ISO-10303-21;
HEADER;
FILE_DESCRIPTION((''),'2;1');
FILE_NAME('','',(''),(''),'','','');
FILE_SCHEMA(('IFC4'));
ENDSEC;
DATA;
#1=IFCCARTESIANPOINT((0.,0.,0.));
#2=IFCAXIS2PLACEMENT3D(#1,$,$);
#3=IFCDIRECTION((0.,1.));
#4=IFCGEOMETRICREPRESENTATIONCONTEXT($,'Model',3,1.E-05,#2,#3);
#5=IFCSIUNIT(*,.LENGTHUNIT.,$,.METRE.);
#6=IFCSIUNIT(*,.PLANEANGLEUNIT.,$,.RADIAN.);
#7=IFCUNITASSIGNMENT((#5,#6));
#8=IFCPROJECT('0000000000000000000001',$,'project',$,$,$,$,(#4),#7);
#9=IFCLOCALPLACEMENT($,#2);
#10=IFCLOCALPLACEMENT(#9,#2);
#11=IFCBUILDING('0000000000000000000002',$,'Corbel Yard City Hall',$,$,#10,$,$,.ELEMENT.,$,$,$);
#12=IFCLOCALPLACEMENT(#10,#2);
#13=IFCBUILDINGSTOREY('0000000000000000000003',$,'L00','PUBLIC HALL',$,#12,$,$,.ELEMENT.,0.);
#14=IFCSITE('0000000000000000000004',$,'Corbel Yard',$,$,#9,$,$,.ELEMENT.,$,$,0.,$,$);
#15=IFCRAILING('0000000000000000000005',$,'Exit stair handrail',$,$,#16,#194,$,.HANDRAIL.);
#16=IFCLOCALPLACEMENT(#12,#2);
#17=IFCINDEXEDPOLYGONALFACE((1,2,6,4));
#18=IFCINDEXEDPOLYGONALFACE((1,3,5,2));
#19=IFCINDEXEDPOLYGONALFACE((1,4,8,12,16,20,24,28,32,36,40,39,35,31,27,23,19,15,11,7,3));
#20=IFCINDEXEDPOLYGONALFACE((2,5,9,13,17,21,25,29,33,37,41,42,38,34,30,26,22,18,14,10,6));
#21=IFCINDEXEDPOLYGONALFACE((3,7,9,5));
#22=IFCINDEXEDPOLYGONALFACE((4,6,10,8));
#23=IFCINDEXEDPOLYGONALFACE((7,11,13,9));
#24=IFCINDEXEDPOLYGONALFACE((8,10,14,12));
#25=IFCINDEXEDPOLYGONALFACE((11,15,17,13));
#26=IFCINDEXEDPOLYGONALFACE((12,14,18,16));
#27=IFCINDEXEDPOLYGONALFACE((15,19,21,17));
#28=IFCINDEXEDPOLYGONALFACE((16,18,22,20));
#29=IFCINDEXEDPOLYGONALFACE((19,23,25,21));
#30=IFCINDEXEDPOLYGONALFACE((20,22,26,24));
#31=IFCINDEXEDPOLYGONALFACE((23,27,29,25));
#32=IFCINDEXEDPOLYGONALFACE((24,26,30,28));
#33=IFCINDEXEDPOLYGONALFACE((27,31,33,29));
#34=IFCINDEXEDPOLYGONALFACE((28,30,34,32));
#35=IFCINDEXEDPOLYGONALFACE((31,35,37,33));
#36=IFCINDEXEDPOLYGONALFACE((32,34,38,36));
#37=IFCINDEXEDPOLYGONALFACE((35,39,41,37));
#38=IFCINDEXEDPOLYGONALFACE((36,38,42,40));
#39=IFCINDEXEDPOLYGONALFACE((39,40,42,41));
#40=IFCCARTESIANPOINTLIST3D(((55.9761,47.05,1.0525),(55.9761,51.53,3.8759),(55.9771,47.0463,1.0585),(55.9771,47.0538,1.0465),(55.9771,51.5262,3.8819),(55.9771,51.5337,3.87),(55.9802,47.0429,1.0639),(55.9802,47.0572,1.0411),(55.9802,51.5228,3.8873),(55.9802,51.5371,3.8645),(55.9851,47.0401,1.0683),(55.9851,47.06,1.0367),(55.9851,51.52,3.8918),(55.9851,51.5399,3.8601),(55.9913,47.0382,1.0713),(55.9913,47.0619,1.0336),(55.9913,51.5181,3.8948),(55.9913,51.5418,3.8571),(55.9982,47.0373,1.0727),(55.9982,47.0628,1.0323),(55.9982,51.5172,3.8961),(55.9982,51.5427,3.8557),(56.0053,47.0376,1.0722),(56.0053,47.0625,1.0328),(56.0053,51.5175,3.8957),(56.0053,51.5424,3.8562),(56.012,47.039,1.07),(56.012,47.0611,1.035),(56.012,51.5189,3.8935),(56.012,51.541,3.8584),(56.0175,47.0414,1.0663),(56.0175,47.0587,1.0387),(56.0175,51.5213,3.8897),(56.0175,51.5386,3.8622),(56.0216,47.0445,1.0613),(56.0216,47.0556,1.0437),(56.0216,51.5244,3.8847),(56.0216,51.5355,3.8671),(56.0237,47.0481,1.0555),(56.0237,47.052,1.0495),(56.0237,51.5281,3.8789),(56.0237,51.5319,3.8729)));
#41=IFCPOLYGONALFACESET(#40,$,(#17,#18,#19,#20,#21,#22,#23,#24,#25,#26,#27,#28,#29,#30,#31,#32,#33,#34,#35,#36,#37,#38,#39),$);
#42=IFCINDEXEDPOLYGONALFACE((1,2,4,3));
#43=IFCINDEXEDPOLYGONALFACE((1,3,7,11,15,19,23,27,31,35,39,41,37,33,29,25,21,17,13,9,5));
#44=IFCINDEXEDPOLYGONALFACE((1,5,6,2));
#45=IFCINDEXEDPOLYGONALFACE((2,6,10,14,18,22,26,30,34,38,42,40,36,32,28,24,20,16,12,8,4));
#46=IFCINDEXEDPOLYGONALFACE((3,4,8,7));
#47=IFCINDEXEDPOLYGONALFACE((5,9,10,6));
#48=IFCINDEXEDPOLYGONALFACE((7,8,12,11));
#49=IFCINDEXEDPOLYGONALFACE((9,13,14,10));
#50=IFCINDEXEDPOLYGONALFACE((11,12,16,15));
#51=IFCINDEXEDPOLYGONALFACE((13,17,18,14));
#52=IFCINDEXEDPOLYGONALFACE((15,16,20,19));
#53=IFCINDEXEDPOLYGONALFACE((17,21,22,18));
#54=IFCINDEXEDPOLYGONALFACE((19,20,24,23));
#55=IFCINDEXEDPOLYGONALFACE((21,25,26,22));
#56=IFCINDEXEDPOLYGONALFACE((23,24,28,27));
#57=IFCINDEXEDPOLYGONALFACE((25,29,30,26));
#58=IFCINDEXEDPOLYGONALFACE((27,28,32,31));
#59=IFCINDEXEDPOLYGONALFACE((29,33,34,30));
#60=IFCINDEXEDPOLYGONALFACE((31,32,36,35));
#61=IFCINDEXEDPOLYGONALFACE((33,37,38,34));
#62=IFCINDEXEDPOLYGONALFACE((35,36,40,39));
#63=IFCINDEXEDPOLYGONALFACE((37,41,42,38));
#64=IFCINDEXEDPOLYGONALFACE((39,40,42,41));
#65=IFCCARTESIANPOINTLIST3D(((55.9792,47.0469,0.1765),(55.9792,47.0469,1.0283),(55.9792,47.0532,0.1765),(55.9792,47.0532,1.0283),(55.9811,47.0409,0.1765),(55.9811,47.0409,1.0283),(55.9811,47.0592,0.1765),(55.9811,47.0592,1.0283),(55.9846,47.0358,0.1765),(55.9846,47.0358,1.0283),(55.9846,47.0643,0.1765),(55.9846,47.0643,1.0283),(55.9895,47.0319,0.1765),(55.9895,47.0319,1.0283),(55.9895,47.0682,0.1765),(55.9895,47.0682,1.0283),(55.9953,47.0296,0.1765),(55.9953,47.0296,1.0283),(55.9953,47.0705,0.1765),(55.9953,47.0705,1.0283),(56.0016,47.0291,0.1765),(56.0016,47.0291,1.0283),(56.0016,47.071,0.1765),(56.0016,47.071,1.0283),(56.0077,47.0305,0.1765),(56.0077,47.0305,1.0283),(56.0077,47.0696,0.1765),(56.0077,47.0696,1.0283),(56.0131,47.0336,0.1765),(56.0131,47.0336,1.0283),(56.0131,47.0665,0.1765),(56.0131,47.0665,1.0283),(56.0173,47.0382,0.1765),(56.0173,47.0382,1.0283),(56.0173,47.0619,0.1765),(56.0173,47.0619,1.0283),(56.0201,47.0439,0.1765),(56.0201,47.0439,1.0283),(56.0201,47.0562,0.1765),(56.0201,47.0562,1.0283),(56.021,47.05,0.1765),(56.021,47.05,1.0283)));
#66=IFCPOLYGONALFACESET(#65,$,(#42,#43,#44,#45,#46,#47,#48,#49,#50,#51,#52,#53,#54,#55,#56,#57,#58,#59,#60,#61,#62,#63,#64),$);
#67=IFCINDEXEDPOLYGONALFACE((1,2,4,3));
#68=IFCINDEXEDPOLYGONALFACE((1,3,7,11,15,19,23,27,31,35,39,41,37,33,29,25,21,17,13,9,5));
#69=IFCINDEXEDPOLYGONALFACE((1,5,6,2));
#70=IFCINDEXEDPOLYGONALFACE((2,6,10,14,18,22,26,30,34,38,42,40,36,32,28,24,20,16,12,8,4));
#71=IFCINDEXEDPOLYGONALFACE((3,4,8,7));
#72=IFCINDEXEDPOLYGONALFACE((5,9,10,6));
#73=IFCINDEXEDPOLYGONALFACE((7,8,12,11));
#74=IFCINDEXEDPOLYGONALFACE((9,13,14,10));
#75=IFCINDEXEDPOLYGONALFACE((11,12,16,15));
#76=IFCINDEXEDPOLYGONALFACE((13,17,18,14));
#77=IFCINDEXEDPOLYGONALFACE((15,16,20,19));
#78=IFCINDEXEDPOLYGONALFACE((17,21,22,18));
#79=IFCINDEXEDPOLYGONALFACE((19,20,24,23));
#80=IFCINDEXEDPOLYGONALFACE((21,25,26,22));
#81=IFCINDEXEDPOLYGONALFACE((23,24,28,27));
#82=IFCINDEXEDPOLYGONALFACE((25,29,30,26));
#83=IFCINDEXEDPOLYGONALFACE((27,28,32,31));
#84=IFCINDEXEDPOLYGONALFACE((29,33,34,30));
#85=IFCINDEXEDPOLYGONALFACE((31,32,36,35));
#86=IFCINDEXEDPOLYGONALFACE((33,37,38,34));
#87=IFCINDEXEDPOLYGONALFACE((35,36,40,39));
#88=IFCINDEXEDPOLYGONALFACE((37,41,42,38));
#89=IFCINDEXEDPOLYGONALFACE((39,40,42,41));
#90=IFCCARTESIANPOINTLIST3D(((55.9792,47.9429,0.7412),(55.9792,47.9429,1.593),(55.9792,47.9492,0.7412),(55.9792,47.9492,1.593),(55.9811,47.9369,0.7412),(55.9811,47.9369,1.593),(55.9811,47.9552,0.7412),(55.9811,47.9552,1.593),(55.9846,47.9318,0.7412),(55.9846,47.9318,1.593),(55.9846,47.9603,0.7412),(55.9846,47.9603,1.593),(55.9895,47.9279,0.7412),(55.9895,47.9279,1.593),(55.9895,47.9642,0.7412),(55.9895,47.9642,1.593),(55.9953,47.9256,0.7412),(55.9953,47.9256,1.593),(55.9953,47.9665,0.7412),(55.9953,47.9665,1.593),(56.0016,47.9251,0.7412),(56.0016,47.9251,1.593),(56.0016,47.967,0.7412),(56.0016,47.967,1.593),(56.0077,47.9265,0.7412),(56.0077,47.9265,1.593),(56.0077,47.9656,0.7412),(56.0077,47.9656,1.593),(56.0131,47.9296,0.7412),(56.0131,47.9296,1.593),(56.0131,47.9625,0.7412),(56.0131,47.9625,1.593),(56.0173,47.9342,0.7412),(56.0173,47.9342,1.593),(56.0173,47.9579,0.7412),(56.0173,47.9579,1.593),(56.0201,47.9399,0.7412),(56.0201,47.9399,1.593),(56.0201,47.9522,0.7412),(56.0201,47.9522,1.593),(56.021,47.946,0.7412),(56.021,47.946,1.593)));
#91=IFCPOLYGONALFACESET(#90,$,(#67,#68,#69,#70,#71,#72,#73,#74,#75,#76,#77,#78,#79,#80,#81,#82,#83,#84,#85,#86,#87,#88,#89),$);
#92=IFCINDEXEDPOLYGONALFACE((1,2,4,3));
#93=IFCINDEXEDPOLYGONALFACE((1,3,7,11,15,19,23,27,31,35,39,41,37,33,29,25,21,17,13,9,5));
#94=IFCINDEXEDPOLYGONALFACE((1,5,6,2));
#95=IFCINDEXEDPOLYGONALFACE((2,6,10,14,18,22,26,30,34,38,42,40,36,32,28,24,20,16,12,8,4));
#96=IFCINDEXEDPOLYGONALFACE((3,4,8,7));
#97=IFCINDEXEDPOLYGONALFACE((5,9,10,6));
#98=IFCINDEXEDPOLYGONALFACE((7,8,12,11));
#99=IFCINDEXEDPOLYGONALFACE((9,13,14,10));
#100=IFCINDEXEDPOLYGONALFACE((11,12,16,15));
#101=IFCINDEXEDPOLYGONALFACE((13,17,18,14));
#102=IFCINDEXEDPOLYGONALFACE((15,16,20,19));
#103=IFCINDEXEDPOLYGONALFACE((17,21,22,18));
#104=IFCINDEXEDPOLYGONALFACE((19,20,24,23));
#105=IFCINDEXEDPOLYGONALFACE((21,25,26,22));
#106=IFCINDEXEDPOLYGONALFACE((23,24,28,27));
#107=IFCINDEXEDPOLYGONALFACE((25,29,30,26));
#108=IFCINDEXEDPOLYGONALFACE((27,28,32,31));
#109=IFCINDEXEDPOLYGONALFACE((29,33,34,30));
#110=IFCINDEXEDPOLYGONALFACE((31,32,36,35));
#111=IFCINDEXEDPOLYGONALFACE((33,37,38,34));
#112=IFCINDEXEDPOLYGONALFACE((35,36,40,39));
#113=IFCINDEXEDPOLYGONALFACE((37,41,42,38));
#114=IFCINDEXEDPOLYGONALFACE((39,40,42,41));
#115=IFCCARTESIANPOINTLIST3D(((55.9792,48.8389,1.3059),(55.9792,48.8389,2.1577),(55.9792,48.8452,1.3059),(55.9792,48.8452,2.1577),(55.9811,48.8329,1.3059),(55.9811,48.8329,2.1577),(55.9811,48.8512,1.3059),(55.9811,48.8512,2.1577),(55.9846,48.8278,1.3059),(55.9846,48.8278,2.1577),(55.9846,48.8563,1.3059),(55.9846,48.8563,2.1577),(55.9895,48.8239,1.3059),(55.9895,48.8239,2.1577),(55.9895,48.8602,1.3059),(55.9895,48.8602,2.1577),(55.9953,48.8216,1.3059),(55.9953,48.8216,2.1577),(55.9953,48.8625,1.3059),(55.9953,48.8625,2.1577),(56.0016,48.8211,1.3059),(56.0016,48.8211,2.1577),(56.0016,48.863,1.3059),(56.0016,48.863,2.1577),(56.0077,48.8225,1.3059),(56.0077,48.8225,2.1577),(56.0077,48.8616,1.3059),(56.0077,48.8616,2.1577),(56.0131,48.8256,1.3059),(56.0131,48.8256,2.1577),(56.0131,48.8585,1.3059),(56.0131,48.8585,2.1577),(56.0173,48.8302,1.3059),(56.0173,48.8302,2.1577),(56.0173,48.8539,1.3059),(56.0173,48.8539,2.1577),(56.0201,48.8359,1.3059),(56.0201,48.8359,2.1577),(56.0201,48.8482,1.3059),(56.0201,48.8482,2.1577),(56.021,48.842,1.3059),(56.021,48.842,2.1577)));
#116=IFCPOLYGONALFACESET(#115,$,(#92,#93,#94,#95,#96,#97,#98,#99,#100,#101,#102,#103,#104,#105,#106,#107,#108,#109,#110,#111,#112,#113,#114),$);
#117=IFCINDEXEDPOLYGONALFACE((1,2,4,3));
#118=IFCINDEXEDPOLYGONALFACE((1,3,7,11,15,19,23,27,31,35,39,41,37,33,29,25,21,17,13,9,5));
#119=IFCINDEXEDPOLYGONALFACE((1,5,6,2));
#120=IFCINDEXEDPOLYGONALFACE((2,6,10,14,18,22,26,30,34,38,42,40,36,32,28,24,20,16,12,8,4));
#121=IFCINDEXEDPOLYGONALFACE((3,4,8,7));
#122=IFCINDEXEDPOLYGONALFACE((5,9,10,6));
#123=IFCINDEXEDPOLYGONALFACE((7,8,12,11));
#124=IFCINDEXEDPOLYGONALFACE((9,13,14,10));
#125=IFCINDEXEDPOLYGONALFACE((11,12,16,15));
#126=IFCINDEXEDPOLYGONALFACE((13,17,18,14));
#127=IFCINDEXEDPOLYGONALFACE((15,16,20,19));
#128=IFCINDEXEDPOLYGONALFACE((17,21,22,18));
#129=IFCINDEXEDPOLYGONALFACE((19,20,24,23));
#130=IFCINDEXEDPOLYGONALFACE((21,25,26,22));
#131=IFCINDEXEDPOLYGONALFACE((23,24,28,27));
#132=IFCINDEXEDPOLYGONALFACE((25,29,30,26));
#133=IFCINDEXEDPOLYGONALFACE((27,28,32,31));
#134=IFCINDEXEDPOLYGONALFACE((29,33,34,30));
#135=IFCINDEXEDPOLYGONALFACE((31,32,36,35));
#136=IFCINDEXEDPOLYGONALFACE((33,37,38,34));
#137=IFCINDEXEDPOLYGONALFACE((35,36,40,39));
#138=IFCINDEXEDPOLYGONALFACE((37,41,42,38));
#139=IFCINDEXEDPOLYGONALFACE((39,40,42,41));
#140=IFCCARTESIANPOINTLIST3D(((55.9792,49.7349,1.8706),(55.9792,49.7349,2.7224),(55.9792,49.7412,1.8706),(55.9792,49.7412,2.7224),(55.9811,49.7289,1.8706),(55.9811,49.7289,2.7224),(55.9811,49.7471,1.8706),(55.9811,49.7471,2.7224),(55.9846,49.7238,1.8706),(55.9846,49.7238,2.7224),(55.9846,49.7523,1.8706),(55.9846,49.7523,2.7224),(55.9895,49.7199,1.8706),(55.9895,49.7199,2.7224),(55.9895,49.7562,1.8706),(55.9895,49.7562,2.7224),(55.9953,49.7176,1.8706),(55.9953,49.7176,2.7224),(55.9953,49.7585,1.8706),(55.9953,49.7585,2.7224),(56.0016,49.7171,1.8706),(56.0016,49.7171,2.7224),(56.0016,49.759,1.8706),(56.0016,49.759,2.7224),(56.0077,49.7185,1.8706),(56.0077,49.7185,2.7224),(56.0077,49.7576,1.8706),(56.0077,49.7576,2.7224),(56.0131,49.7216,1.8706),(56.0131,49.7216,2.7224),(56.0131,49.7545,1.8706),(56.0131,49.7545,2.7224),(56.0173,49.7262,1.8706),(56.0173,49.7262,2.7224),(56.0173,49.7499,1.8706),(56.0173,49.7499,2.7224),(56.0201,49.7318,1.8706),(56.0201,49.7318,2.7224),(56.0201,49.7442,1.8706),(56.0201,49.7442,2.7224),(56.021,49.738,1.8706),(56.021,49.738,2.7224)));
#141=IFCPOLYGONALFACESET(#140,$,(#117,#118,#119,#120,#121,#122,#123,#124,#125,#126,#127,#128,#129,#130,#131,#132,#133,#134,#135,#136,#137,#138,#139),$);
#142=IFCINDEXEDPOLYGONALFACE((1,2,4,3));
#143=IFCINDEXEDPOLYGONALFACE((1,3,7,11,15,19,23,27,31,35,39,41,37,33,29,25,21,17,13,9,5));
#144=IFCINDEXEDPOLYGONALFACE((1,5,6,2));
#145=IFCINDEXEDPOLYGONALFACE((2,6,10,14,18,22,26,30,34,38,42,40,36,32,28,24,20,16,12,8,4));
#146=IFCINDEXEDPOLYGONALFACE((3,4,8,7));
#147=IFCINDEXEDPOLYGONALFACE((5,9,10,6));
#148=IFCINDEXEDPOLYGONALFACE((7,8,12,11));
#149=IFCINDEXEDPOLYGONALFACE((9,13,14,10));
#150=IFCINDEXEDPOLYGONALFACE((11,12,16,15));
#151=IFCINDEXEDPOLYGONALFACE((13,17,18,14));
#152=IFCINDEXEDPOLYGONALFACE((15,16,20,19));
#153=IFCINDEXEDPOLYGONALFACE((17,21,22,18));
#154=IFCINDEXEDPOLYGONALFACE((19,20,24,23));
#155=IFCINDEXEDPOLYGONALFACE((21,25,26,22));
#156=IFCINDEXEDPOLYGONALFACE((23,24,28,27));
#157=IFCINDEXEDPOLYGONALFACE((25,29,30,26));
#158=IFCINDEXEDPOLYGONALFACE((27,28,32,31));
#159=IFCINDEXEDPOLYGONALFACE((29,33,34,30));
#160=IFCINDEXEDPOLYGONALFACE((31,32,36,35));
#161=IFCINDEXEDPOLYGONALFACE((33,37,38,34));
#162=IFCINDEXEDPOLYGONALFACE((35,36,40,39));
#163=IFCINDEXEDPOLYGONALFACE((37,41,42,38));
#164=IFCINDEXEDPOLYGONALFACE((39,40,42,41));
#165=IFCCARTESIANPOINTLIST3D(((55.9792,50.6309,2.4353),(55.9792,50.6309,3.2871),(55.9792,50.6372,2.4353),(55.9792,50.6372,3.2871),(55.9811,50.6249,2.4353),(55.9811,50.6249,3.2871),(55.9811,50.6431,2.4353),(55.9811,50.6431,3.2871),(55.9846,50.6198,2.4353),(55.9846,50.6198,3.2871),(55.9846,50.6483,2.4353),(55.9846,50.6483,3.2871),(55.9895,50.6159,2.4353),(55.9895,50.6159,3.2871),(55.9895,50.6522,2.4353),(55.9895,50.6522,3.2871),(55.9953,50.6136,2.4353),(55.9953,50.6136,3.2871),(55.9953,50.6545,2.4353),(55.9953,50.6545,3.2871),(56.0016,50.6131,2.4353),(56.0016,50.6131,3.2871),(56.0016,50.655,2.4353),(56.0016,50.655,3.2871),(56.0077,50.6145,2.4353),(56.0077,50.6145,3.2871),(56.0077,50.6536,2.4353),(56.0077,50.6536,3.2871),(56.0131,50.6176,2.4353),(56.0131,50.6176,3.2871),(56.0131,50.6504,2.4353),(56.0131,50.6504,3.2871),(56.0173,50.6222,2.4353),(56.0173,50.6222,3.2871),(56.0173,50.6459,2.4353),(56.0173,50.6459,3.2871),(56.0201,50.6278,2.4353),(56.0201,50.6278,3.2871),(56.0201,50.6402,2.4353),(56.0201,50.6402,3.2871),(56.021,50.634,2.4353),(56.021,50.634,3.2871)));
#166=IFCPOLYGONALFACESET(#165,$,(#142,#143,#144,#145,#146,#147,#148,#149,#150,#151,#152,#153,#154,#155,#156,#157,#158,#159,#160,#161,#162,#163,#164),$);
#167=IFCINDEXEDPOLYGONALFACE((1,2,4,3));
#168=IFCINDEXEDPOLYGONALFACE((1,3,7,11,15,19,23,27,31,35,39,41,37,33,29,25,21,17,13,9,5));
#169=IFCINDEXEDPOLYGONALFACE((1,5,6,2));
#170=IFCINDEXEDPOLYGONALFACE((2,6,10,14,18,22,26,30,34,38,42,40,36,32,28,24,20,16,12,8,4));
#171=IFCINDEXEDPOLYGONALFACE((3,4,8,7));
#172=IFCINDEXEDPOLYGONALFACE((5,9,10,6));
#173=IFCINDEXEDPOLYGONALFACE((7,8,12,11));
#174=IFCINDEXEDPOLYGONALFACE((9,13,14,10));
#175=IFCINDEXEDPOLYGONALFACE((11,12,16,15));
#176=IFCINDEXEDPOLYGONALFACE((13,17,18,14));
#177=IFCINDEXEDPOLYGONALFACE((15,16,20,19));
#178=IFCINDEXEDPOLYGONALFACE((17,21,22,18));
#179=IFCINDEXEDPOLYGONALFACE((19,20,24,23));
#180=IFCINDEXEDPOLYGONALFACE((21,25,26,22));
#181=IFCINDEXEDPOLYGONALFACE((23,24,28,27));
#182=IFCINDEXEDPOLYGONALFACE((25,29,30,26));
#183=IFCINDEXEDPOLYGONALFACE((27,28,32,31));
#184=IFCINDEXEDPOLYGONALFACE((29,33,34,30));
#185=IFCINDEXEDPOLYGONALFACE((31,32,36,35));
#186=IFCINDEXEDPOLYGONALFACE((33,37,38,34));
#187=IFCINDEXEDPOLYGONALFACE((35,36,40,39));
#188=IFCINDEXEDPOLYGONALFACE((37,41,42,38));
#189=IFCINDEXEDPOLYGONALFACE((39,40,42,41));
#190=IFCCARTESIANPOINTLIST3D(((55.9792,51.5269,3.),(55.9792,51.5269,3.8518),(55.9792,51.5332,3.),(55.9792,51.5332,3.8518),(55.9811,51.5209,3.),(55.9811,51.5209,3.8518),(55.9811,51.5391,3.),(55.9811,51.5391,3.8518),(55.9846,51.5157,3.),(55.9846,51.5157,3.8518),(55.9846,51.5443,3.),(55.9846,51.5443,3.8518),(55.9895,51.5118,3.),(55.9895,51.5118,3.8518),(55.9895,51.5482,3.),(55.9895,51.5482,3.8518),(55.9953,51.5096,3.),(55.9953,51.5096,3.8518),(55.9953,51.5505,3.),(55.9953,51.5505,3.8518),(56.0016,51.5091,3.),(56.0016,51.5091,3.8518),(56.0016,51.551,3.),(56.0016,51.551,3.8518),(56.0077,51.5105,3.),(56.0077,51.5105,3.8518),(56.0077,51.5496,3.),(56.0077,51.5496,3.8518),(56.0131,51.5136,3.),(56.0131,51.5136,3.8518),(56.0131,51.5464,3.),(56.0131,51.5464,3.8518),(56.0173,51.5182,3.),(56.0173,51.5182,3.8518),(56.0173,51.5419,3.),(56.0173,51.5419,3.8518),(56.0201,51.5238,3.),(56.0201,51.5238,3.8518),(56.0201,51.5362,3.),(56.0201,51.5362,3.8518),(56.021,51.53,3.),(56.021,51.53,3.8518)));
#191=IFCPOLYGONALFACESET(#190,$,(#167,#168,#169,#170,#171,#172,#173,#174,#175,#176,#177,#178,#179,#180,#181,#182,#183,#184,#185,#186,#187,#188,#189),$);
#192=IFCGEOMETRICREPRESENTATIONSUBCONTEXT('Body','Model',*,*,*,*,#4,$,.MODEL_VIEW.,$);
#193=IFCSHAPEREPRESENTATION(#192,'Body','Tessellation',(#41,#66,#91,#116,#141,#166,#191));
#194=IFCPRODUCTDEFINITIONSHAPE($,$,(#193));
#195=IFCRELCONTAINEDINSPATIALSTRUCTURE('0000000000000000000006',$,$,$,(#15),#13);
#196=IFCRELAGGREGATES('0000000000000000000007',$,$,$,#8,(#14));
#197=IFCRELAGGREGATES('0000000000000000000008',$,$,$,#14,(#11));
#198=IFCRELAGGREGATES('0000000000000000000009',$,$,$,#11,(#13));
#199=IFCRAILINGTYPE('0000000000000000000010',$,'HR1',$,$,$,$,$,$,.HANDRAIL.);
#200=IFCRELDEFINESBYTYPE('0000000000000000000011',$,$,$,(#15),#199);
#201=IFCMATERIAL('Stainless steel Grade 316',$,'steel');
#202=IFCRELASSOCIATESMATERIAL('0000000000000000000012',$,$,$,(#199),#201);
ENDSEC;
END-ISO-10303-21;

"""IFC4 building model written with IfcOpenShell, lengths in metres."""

from ifc_helpers import new_model, si_unit, direction, frame, origin, origin_2d, place, context, subcontext, project, spatial, circle, extrude, material, type_object, element, save


model = new_model("IFC4")

# Units and contexts
model_context = context("Model", 3, precision=1e-05, world=origin(), true_north=direction((0.0, 1.0)))
body_context = subcontext(model_context, "Body", "Model", "MODEL_VIEW")
ifc_project = project(units=[si_unit("LENGTHUNIT", "METRE"), si_unit("PLANEANGLEUNIT", "RADIAN")], contexts=[model_context])

# Site, building, storey
site_placement = place(None, origin())
site = spatial("IfcSite", under=ifc_project, at=site_placement, Name="Corbel Yard", CompositionType="ELEMENT", RefElevation=0.0)
building_placement = place(site_placement, origin())
building = spatial("IfcBuilding", under=site, at=building_placement, Name="Corbel Yard City Hall", CompositionType="ELEMENT")
storey_placement = place(building_placement, origin())
storey = spatial("IfcBuildingStorey", under=building, at=storey_placement, Name="L00", Description="PUBLIC HALL", CompositionType="ELEMENT", Elevation=0.0)

# Railing
ifc_material_1 = material(Name="Stainless steel Grade 316", Category="steel")
railing_type = type_object("IfcRailingType", Name="HR1", PredefinedType="HANDRAIL", material=ifc_material_1)
for number, where, name in (
    (1, (56.0, 47.05, 0.1765), "Exit stair handrail"),
):
    element("IfcRailing", number, at=place(storey_placement, frame(where)), inside=storey, type_object=railing_type, Name=name, PredefinedType="HANDRAIL", context=body_context, shape_type="SweptSolid", body=[
        extrude(circle(Radius=0.0239, at=origin_2d()), frame((0.0, 0.0, 0.876), z_axis=(0.0, 0.845998, 0.533186), x_axis=(-1.0, 0.0, 0.0)), (0.0, 0.0, 1.0), 5.2954),
        extrude(circle(Radius=0.021, at=origin_2d()), origin(), (0.0, 0.0, 1.0), 0.8518),
        extrude(circle(Radius=0.021, at=origin_2d()), frame((0.0, 0.896, 0.5647)), (0.0, 0.0, 1.0), 0.8518),
        extrude(circle(Radius=0.021, at=origin_2d()), frame((0.0, 1.792, 1.1294)), (0.0, 0.0, 1.0), 0.8518),
        extrude(circle(Radius=0.021, at=origin_2d()), frame((0.0, 2.688, 1.6941)), (0.0, 0.0, 1.0), 0.8518),
        extrude(circle(Radius=0.021, at=origin_2d()), frame((0.0, 3.584, 2.2588)), (0.0, 0.0, 1.0), 0.8518),
        extrude(circle(Radius=0.021, at=origin_2d()), frame((0.0, 4.48, 2.8235)), (0.0, 0.0, 1.0), 0.8518),
    ])

save(model, "model.ifc")
